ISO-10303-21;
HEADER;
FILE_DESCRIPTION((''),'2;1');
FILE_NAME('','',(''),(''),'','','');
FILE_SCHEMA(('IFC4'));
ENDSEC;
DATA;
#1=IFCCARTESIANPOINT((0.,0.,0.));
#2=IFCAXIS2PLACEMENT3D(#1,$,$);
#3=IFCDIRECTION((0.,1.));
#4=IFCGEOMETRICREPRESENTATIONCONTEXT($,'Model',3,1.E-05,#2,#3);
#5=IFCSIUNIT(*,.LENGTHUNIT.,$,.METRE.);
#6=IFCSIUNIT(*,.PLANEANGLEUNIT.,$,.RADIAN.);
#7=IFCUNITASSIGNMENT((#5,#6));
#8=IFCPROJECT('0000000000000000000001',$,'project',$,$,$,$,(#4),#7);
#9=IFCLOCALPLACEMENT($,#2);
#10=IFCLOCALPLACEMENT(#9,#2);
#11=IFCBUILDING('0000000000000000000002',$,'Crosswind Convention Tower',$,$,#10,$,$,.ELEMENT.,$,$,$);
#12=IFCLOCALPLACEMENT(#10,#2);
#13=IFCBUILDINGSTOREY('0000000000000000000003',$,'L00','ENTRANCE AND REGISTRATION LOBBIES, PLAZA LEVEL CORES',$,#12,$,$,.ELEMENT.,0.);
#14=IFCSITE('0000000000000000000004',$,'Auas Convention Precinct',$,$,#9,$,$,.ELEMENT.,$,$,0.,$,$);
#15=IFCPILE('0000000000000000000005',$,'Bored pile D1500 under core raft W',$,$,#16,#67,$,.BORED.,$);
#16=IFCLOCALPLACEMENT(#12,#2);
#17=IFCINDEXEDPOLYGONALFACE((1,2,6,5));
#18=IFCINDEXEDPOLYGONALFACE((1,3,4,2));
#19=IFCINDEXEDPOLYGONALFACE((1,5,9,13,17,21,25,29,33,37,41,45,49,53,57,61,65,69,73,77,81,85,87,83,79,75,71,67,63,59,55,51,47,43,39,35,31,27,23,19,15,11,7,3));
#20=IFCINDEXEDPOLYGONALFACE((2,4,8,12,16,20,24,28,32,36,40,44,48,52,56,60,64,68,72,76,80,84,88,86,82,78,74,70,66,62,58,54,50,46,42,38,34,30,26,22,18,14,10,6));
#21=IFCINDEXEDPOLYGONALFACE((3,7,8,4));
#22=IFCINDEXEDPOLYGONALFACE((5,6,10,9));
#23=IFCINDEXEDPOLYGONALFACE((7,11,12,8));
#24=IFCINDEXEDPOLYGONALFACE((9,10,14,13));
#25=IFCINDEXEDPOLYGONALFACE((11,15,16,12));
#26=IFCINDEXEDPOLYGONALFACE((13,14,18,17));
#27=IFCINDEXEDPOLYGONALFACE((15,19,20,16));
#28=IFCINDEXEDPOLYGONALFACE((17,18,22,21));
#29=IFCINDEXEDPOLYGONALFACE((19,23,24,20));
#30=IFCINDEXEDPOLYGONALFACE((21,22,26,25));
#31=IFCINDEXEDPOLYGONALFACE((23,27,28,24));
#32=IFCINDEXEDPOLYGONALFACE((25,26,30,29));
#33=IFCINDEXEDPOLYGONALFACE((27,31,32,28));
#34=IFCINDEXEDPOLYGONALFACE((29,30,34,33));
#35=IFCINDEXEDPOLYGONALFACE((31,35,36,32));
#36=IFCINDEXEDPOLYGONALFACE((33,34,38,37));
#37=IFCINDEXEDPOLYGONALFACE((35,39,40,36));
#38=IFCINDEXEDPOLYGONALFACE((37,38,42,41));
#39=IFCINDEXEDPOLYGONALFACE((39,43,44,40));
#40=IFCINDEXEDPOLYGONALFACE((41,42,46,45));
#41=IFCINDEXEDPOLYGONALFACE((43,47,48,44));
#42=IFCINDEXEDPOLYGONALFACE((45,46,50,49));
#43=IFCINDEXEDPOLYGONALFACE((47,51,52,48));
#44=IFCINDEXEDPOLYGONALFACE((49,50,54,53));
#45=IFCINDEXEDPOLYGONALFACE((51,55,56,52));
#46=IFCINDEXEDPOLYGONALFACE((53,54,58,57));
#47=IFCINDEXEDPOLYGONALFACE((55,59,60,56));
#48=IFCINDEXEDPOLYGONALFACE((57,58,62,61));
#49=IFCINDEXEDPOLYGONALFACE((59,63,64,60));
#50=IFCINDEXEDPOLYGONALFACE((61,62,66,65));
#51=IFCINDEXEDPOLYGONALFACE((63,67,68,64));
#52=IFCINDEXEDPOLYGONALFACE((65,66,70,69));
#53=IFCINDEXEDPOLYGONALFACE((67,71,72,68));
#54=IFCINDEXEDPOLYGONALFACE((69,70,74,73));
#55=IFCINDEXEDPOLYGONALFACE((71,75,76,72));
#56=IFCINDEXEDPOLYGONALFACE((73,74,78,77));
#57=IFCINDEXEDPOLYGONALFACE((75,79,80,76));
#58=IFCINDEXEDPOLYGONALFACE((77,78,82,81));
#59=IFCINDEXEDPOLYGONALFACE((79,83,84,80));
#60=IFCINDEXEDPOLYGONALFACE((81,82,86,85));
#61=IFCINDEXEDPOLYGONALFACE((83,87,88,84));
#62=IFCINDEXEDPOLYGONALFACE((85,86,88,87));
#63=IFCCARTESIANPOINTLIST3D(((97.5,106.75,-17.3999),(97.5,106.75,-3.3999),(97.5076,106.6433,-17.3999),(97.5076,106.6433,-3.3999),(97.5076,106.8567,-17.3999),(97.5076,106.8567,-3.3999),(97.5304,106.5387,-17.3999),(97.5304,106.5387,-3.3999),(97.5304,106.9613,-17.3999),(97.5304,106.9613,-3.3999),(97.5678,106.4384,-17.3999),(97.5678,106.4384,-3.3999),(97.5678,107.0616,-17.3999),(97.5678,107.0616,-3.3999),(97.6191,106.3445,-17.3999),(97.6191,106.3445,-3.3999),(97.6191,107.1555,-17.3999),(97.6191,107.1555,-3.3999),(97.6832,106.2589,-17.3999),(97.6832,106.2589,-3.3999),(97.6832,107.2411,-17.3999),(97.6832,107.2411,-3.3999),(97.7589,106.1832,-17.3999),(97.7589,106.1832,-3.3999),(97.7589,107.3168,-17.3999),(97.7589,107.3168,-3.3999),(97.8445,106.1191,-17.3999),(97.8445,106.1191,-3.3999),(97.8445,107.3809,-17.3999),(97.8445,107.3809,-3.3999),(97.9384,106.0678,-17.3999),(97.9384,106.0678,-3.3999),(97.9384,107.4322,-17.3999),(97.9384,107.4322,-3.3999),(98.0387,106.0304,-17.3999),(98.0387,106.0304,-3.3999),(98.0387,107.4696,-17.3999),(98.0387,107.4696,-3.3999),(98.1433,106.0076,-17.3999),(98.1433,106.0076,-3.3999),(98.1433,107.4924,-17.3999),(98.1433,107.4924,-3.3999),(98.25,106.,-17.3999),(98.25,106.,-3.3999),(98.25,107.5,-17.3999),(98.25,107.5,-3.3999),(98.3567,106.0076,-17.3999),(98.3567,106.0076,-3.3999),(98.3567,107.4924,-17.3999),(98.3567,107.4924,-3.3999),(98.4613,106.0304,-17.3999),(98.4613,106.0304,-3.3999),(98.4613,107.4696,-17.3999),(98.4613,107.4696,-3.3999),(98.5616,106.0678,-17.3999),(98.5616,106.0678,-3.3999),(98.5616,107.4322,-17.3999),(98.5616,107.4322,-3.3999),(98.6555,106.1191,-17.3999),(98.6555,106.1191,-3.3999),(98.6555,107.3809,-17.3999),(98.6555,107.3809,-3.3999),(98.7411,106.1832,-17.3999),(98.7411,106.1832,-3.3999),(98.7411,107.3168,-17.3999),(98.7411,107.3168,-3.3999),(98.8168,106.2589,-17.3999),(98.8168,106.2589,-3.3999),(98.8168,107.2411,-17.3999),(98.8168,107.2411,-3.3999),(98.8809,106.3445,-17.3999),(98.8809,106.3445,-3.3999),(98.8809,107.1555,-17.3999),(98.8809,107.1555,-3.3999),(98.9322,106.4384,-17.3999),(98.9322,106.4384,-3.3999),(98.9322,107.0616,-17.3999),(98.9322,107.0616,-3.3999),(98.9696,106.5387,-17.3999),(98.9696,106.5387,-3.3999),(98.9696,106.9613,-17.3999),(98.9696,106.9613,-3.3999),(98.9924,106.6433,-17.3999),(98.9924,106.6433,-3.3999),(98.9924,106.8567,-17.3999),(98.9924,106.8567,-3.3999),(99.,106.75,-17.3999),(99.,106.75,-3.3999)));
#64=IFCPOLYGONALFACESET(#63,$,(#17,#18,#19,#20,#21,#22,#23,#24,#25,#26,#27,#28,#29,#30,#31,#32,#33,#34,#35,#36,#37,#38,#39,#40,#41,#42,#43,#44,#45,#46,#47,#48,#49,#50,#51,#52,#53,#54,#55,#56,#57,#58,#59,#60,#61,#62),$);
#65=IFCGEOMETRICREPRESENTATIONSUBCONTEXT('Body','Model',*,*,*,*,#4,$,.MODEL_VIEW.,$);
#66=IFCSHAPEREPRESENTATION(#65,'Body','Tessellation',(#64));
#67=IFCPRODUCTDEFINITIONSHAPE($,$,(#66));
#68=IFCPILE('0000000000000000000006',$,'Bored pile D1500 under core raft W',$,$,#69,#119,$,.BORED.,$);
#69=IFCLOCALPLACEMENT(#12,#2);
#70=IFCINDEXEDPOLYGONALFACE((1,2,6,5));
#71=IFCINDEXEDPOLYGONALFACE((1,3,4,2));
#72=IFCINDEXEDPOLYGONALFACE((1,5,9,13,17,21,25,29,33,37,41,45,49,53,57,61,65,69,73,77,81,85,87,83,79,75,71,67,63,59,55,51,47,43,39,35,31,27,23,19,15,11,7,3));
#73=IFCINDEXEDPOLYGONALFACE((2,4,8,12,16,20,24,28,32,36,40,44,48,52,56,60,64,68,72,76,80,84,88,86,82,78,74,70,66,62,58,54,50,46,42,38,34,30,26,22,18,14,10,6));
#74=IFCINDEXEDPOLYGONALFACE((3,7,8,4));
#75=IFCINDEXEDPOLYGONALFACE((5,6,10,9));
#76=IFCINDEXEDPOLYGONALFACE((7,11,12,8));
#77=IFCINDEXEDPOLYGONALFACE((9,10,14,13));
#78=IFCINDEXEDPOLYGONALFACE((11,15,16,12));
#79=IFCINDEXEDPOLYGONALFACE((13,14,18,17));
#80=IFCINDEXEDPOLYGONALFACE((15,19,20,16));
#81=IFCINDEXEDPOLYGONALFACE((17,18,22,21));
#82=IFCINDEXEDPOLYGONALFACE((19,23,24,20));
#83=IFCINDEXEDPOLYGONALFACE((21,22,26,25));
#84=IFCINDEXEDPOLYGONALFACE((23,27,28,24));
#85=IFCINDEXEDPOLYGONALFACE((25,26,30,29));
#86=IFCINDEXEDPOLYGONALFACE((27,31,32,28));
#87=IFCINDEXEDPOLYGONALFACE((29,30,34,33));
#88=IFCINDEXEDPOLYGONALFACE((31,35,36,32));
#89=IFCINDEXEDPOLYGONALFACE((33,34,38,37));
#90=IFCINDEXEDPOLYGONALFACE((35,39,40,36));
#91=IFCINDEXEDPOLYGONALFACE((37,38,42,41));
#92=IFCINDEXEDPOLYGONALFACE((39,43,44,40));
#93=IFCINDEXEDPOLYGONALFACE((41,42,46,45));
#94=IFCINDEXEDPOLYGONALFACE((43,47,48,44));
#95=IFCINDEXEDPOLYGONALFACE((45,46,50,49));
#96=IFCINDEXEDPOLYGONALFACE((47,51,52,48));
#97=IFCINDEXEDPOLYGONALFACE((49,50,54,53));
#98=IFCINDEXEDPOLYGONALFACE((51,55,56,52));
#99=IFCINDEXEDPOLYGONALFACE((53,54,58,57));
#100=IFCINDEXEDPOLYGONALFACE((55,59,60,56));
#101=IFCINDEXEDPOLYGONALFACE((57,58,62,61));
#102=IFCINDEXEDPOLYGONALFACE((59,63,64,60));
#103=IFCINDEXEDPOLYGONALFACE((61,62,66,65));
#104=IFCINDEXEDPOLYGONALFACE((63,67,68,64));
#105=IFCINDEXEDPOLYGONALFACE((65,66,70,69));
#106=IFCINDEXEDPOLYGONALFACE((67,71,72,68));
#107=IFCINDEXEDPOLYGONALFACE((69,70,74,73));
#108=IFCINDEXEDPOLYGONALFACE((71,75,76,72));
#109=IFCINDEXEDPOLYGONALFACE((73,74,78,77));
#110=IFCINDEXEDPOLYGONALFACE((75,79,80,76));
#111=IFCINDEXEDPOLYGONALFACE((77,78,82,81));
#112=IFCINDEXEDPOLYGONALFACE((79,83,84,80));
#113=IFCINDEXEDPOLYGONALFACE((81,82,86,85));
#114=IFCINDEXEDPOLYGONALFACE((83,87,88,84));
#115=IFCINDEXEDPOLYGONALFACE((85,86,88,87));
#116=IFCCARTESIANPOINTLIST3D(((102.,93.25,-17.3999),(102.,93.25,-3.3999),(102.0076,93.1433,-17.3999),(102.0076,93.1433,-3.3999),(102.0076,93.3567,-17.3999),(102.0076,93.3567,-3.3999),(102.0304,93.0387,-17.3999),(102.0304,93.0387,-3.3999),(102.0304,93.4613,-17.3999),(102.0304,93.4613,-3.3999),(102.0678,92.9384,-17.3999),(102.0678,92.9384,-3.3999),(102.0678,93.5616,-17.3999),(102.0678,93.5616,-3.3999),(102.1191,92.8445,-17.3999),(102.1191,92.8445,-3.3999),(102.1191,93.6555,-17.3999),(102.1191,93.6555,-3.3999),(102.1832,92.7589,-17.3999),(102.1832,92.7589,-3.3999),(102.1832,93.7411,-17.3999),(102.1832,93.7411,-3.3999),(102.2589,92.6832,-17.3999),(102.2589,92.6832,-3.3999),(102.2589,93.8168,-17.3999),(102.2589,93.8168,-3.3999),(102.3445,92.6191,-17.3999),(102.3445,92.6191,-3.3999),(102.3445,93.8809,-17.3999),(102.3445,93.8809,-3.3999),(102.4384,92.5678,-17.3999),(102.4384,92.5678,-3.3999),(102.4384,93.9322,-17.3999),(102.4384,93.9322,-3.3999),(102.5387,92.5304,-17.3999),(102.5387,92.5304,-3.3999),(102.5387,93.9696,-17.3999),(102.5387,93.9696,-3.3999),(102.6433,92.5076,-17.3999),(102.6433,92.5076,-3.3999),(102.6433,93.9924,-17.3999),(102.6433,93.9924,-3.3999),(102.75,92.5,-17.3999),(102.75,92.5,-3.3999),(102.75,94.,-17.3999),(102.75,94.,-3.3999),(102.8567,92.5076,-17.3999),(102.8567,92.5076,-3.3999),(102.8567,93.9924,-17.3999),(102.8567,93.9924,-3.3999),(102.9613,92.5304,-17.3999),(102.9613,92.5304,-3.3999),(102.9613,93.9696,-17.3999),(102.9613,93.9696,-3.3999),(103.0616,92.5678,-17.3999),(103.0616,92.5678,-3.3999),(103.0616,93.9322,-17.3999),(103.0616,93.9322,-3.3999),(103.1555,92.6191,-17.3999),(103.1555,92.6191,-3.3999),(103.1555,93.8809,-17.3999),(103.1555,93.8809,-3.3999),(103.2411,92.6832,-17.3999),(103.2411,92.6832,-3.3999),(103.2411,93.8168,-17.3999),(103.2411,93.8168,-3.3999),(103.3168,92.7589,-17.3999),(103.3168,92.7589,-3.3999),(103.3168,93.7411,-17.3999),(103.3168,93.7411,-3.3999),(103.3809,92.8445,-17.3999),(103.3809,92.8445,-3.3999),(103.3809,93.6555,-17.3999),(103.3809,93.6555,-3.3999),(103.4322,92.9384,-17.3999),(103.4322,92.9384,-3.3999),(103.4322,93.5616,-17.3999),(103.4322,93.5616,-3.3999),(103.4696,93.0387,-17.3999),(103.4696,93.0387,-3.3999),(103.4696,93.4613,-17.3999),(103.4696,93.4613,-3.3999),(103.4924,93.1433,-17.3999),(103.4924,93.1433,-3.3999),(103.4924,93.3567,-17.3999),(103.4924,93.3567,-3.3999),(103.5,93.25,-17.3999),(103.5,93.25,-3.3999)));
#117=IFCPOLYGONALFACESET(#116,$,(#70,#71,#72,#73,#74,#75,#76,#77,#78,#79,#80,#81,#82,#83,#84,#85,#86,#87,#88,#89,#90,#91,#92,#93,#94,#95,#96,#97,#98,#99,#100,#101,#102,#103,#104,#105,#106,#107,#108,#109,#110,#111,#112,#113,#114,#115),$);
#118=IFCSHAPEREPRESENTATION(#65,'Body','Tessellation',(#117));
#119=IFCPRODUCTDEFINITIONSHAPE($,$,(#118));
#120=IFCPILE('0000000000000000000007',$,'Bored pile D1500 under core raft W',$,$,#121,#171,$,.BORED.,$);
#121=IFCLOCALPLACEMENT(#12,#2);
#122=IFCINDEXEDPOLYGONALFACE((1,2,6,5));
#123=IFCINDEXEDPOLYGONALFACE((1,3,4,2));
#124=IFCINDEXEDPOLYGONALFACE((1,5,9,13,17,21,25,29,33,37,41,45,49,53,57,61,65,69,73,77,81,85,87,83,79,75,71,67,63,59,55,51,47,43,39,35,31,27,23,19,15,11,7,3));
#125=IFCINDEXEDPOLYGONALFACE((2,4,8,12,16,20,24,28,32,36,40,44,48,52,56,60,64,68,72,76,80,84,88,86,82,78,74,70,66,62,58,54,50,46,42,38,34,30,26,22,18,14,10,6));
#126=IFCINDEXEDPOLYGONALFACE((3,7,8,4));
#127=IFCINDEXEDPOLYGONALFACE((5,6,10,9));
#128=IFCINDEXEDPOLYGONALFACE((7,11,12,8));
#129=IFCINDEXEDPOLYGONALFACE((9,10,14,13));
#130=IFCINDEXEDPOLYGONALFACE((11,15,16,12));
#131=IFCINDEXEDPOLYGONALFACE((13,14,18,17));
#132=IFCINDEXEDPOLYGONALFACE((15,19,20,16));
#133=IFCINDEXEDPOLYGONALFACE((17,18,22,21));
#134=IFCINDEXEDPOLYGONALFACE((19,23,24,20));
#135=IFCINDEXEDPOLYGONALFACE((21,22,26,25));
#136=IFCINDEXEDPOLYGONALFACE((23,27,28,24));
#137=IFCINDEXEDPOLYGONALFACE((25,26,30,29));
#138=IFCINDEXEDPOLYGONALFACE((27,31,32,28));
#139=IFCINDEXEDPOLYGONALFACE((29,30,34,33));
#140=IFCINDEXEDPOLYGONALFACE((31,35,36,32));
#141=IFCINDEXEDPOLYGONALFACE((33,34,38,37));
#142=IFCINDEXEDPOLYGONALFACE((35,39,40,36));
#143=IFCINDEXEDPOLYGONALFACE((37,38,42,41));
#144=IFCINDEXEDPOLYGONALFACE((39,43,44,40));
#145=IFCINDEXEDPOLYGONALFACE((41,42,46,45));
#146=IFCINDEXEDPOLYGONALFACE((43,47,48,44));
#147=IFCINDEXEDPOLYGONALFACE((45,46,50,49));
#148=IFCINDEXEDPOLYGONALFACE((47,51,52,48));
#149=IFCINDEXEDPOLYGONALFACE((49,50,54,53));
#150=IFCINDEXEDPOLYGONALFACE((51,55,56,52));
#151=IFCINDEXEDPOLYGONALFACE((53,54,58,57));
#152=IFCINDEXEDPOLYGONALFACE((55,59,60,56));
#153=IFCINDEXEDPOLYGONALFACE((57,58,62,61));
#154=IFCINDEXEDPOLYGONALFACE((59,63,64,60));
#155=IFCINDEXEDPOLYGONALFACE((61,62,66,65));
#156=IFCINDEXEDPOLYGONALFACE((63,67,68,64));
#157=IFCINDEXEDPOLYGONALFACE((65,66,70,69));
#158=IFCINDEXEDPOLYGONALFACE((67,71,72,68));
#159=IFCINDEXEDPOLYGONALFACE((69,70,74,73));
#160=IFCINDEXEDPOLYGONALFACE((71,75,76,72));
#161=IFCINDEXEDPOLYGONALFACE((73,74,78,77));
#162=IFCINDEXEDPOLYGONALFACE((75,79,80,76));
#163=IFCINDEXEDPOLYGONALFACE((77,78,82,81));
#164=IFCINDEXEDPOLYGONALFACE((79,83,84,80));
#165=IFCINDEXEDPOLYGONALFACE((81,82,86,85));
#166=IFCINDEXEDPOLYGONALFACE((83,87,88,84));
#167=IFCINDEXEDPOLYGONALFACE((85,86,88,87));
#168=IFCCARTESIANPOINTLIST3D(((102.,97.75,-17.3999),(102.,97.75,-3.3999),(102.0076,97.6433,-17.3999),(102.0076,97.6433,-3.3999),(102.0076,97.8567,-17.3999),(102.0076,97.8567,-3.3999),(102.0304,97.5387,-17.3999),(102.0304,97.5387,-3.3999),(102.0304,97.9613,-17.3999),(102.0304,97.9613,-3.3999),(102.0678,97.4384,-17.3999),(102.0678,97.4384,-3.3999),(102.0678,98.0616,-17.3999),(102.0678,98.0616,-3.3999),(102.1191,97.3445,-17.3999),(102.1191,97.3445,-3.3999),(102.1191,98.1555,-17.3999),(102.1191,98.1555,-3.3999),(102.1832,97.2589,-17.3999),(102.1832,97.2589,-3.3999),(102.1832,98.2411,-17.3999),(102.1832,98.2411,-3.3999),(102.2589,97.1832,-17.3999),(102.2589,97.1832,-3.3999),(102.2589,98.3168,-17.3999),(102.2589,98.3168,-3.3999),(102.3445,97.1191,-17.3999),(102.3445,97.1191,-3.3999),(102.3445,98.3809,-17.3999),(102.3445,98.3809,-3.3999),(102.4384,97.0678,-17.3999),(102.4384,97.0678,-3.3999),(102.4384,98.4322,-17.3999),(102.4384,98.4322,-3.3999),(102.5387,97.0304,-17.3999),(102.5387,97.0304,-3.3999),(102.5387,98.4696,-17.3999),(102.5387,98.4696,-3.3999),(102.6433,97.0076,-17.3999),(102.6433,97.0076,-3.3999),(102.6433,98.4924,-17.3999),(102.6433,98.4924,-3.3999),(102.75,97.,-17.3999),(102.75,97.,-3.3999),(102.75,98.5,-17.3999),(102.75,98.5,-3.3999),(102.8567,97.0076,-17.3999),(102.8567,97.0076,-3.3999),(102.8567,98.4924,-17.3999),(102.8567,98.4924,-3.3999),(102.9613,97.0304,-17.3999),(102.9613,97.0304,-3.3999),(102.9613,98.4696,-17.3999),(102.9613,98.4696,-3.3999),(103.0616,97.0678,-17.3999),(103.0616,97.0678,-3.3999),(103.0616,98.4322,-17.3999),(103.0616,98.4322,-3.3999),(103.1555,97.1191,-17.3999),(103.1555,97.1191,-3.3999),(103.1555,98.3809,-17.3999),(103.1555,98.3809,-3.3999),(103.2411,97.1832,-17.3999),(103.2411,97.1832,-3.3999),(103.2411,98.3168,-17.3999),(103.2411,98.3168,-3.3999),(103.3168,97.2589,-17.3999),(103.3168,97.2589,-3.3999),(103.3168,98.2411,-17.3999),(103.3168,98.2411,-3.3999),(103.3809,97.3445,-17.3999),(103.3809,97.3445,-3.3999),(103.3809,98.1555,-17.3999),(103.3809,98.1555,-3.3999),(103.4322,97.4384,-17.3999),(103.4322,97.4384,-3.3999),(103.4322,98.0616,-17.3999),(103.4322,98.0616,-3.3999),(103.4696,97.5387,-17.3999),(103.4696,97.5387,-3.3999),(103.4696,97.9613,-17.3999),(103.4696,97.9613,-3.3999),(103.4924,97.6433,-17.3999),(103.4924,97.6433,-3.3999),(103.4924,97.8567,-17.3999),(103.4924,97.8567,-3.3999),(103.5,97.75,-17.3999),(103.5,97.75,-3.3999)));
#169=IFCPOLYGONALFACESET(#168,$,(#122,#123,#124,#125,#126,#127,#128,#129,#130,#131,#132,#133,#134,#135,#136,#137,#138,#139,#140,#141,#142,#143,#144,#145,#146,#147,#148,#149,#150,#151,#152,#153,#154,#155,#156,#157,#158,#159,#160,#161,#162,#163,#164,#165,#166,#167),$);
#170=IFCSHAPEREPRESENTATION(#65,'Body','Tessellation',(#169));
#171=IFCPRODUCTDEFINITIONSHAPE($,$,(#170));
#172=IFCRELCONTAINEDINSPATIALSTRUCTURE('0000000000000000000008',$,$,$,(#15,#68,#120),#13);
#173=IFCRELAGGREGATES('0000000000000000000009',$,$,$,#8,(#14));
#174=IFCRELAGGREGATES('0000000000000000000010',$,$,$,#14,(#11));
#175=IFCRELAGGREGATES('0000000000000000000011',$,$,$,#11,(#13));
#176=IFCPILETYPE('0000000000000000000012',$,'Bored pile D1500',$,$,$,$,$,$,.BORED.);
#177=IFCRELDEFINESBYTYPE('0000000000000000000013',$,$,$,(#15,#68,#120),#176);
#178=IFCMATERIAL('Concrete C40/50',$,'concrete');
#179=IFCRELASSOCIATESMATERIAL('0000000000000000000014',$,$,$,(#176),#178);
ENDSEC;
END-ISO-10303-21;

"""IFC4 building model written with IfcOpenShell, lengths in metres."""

from ifc_helpers import new_model, si_unit, direction, frame, origin, origin_2d, place, context, subcontext, project, spatial, circle, extrude, material, material_profile, profile_set, type_object, element, save


model = new_model("IFC4")

# Units and contexts
model_context = context("Model", 3, precision=1e-05, world=origin(), true_north=direction((0.0, 1.0)))
body_context = subcontext(model_context, "Body", "Model", "MODEL_VIEW")
ifc_project = project(units=[si_unit("LENGTHUNIT", "METRE"), si_unit("PLANEANGLEUNIT", "RADIAN")], contexts=[model_context])

# Site, building, storey
site_placement = place(None, origin())
site = spatial("IfcSite", under=ifc_project, at=site_placement, Name="Auas Convention Precinct", CompositionType="ELEMENT", RefElevation=0.0)
building_placement = place(site_placement, origin())
building = spatial("IfcBuilding", under=site, at=building_placement, Name="Crosswind Convention Tower", CompositionType="ELEMENT")
storey_placement = place(building_placement, origin())
storey = spatial("IfcBuildingStorey", under=building, at=storey_placement, Name="L00", Description="ENTRANCE AND REGISTRATION LOBBIES, PLAZA LEVEL CORES", CompositionType="ELEMENT", Elevation=0.0)

# Piles
ifc_material_1 = material(Name="Concrete C40/50", Category="concrete")
ifc_material_profile = material_profile(ifc_material_1, circle(Radius=0.75, at=origin_2d()), Name="Bored pile D1500")
ifc_profile_set = profile_set([ifc_material_profile], Name="Concrete C40/50")
pile_type = type_object("IfcPileType", Name="Bored pile D1500", PredefinedType="BORED", material=ifc_profile_set)
for number, where, z_axis, x_axis, name in (
    (1, (98.25, 106.75, -3.3999), (0.0, 0.0, -1.0), (1.0, 0.0, 0.0), "Bored pile D1500 under core raft W"),
    (2, (102.75, 93.25, -3.3999), (0.0, 0.0, -1.0), (1.0, 0.0, 0.0), "Bored pile D1500 under core raft W"),
    (3, (102.75, 97.75, -3.3999), (0.0, 0.0, -1.0), (1.0, 0.0, 0.0), "Bored pile D1500 under core raft W"),
):
    element("IfcPile", number, at=place(storey_placement, frame(where, z_axis=z_axis, x_axis=x_axis)), inside=storey, type_object=pile_type, Name=name, PredefinedType="BORED", context=body_context, shape_type="SweptSolid", body=[
        extrude(circle(Radius=0.75, at=origin_2d()), origin(), (0.0, 0.0, 1.0), 14.0),
    ])

save(model, "model.ifc")
